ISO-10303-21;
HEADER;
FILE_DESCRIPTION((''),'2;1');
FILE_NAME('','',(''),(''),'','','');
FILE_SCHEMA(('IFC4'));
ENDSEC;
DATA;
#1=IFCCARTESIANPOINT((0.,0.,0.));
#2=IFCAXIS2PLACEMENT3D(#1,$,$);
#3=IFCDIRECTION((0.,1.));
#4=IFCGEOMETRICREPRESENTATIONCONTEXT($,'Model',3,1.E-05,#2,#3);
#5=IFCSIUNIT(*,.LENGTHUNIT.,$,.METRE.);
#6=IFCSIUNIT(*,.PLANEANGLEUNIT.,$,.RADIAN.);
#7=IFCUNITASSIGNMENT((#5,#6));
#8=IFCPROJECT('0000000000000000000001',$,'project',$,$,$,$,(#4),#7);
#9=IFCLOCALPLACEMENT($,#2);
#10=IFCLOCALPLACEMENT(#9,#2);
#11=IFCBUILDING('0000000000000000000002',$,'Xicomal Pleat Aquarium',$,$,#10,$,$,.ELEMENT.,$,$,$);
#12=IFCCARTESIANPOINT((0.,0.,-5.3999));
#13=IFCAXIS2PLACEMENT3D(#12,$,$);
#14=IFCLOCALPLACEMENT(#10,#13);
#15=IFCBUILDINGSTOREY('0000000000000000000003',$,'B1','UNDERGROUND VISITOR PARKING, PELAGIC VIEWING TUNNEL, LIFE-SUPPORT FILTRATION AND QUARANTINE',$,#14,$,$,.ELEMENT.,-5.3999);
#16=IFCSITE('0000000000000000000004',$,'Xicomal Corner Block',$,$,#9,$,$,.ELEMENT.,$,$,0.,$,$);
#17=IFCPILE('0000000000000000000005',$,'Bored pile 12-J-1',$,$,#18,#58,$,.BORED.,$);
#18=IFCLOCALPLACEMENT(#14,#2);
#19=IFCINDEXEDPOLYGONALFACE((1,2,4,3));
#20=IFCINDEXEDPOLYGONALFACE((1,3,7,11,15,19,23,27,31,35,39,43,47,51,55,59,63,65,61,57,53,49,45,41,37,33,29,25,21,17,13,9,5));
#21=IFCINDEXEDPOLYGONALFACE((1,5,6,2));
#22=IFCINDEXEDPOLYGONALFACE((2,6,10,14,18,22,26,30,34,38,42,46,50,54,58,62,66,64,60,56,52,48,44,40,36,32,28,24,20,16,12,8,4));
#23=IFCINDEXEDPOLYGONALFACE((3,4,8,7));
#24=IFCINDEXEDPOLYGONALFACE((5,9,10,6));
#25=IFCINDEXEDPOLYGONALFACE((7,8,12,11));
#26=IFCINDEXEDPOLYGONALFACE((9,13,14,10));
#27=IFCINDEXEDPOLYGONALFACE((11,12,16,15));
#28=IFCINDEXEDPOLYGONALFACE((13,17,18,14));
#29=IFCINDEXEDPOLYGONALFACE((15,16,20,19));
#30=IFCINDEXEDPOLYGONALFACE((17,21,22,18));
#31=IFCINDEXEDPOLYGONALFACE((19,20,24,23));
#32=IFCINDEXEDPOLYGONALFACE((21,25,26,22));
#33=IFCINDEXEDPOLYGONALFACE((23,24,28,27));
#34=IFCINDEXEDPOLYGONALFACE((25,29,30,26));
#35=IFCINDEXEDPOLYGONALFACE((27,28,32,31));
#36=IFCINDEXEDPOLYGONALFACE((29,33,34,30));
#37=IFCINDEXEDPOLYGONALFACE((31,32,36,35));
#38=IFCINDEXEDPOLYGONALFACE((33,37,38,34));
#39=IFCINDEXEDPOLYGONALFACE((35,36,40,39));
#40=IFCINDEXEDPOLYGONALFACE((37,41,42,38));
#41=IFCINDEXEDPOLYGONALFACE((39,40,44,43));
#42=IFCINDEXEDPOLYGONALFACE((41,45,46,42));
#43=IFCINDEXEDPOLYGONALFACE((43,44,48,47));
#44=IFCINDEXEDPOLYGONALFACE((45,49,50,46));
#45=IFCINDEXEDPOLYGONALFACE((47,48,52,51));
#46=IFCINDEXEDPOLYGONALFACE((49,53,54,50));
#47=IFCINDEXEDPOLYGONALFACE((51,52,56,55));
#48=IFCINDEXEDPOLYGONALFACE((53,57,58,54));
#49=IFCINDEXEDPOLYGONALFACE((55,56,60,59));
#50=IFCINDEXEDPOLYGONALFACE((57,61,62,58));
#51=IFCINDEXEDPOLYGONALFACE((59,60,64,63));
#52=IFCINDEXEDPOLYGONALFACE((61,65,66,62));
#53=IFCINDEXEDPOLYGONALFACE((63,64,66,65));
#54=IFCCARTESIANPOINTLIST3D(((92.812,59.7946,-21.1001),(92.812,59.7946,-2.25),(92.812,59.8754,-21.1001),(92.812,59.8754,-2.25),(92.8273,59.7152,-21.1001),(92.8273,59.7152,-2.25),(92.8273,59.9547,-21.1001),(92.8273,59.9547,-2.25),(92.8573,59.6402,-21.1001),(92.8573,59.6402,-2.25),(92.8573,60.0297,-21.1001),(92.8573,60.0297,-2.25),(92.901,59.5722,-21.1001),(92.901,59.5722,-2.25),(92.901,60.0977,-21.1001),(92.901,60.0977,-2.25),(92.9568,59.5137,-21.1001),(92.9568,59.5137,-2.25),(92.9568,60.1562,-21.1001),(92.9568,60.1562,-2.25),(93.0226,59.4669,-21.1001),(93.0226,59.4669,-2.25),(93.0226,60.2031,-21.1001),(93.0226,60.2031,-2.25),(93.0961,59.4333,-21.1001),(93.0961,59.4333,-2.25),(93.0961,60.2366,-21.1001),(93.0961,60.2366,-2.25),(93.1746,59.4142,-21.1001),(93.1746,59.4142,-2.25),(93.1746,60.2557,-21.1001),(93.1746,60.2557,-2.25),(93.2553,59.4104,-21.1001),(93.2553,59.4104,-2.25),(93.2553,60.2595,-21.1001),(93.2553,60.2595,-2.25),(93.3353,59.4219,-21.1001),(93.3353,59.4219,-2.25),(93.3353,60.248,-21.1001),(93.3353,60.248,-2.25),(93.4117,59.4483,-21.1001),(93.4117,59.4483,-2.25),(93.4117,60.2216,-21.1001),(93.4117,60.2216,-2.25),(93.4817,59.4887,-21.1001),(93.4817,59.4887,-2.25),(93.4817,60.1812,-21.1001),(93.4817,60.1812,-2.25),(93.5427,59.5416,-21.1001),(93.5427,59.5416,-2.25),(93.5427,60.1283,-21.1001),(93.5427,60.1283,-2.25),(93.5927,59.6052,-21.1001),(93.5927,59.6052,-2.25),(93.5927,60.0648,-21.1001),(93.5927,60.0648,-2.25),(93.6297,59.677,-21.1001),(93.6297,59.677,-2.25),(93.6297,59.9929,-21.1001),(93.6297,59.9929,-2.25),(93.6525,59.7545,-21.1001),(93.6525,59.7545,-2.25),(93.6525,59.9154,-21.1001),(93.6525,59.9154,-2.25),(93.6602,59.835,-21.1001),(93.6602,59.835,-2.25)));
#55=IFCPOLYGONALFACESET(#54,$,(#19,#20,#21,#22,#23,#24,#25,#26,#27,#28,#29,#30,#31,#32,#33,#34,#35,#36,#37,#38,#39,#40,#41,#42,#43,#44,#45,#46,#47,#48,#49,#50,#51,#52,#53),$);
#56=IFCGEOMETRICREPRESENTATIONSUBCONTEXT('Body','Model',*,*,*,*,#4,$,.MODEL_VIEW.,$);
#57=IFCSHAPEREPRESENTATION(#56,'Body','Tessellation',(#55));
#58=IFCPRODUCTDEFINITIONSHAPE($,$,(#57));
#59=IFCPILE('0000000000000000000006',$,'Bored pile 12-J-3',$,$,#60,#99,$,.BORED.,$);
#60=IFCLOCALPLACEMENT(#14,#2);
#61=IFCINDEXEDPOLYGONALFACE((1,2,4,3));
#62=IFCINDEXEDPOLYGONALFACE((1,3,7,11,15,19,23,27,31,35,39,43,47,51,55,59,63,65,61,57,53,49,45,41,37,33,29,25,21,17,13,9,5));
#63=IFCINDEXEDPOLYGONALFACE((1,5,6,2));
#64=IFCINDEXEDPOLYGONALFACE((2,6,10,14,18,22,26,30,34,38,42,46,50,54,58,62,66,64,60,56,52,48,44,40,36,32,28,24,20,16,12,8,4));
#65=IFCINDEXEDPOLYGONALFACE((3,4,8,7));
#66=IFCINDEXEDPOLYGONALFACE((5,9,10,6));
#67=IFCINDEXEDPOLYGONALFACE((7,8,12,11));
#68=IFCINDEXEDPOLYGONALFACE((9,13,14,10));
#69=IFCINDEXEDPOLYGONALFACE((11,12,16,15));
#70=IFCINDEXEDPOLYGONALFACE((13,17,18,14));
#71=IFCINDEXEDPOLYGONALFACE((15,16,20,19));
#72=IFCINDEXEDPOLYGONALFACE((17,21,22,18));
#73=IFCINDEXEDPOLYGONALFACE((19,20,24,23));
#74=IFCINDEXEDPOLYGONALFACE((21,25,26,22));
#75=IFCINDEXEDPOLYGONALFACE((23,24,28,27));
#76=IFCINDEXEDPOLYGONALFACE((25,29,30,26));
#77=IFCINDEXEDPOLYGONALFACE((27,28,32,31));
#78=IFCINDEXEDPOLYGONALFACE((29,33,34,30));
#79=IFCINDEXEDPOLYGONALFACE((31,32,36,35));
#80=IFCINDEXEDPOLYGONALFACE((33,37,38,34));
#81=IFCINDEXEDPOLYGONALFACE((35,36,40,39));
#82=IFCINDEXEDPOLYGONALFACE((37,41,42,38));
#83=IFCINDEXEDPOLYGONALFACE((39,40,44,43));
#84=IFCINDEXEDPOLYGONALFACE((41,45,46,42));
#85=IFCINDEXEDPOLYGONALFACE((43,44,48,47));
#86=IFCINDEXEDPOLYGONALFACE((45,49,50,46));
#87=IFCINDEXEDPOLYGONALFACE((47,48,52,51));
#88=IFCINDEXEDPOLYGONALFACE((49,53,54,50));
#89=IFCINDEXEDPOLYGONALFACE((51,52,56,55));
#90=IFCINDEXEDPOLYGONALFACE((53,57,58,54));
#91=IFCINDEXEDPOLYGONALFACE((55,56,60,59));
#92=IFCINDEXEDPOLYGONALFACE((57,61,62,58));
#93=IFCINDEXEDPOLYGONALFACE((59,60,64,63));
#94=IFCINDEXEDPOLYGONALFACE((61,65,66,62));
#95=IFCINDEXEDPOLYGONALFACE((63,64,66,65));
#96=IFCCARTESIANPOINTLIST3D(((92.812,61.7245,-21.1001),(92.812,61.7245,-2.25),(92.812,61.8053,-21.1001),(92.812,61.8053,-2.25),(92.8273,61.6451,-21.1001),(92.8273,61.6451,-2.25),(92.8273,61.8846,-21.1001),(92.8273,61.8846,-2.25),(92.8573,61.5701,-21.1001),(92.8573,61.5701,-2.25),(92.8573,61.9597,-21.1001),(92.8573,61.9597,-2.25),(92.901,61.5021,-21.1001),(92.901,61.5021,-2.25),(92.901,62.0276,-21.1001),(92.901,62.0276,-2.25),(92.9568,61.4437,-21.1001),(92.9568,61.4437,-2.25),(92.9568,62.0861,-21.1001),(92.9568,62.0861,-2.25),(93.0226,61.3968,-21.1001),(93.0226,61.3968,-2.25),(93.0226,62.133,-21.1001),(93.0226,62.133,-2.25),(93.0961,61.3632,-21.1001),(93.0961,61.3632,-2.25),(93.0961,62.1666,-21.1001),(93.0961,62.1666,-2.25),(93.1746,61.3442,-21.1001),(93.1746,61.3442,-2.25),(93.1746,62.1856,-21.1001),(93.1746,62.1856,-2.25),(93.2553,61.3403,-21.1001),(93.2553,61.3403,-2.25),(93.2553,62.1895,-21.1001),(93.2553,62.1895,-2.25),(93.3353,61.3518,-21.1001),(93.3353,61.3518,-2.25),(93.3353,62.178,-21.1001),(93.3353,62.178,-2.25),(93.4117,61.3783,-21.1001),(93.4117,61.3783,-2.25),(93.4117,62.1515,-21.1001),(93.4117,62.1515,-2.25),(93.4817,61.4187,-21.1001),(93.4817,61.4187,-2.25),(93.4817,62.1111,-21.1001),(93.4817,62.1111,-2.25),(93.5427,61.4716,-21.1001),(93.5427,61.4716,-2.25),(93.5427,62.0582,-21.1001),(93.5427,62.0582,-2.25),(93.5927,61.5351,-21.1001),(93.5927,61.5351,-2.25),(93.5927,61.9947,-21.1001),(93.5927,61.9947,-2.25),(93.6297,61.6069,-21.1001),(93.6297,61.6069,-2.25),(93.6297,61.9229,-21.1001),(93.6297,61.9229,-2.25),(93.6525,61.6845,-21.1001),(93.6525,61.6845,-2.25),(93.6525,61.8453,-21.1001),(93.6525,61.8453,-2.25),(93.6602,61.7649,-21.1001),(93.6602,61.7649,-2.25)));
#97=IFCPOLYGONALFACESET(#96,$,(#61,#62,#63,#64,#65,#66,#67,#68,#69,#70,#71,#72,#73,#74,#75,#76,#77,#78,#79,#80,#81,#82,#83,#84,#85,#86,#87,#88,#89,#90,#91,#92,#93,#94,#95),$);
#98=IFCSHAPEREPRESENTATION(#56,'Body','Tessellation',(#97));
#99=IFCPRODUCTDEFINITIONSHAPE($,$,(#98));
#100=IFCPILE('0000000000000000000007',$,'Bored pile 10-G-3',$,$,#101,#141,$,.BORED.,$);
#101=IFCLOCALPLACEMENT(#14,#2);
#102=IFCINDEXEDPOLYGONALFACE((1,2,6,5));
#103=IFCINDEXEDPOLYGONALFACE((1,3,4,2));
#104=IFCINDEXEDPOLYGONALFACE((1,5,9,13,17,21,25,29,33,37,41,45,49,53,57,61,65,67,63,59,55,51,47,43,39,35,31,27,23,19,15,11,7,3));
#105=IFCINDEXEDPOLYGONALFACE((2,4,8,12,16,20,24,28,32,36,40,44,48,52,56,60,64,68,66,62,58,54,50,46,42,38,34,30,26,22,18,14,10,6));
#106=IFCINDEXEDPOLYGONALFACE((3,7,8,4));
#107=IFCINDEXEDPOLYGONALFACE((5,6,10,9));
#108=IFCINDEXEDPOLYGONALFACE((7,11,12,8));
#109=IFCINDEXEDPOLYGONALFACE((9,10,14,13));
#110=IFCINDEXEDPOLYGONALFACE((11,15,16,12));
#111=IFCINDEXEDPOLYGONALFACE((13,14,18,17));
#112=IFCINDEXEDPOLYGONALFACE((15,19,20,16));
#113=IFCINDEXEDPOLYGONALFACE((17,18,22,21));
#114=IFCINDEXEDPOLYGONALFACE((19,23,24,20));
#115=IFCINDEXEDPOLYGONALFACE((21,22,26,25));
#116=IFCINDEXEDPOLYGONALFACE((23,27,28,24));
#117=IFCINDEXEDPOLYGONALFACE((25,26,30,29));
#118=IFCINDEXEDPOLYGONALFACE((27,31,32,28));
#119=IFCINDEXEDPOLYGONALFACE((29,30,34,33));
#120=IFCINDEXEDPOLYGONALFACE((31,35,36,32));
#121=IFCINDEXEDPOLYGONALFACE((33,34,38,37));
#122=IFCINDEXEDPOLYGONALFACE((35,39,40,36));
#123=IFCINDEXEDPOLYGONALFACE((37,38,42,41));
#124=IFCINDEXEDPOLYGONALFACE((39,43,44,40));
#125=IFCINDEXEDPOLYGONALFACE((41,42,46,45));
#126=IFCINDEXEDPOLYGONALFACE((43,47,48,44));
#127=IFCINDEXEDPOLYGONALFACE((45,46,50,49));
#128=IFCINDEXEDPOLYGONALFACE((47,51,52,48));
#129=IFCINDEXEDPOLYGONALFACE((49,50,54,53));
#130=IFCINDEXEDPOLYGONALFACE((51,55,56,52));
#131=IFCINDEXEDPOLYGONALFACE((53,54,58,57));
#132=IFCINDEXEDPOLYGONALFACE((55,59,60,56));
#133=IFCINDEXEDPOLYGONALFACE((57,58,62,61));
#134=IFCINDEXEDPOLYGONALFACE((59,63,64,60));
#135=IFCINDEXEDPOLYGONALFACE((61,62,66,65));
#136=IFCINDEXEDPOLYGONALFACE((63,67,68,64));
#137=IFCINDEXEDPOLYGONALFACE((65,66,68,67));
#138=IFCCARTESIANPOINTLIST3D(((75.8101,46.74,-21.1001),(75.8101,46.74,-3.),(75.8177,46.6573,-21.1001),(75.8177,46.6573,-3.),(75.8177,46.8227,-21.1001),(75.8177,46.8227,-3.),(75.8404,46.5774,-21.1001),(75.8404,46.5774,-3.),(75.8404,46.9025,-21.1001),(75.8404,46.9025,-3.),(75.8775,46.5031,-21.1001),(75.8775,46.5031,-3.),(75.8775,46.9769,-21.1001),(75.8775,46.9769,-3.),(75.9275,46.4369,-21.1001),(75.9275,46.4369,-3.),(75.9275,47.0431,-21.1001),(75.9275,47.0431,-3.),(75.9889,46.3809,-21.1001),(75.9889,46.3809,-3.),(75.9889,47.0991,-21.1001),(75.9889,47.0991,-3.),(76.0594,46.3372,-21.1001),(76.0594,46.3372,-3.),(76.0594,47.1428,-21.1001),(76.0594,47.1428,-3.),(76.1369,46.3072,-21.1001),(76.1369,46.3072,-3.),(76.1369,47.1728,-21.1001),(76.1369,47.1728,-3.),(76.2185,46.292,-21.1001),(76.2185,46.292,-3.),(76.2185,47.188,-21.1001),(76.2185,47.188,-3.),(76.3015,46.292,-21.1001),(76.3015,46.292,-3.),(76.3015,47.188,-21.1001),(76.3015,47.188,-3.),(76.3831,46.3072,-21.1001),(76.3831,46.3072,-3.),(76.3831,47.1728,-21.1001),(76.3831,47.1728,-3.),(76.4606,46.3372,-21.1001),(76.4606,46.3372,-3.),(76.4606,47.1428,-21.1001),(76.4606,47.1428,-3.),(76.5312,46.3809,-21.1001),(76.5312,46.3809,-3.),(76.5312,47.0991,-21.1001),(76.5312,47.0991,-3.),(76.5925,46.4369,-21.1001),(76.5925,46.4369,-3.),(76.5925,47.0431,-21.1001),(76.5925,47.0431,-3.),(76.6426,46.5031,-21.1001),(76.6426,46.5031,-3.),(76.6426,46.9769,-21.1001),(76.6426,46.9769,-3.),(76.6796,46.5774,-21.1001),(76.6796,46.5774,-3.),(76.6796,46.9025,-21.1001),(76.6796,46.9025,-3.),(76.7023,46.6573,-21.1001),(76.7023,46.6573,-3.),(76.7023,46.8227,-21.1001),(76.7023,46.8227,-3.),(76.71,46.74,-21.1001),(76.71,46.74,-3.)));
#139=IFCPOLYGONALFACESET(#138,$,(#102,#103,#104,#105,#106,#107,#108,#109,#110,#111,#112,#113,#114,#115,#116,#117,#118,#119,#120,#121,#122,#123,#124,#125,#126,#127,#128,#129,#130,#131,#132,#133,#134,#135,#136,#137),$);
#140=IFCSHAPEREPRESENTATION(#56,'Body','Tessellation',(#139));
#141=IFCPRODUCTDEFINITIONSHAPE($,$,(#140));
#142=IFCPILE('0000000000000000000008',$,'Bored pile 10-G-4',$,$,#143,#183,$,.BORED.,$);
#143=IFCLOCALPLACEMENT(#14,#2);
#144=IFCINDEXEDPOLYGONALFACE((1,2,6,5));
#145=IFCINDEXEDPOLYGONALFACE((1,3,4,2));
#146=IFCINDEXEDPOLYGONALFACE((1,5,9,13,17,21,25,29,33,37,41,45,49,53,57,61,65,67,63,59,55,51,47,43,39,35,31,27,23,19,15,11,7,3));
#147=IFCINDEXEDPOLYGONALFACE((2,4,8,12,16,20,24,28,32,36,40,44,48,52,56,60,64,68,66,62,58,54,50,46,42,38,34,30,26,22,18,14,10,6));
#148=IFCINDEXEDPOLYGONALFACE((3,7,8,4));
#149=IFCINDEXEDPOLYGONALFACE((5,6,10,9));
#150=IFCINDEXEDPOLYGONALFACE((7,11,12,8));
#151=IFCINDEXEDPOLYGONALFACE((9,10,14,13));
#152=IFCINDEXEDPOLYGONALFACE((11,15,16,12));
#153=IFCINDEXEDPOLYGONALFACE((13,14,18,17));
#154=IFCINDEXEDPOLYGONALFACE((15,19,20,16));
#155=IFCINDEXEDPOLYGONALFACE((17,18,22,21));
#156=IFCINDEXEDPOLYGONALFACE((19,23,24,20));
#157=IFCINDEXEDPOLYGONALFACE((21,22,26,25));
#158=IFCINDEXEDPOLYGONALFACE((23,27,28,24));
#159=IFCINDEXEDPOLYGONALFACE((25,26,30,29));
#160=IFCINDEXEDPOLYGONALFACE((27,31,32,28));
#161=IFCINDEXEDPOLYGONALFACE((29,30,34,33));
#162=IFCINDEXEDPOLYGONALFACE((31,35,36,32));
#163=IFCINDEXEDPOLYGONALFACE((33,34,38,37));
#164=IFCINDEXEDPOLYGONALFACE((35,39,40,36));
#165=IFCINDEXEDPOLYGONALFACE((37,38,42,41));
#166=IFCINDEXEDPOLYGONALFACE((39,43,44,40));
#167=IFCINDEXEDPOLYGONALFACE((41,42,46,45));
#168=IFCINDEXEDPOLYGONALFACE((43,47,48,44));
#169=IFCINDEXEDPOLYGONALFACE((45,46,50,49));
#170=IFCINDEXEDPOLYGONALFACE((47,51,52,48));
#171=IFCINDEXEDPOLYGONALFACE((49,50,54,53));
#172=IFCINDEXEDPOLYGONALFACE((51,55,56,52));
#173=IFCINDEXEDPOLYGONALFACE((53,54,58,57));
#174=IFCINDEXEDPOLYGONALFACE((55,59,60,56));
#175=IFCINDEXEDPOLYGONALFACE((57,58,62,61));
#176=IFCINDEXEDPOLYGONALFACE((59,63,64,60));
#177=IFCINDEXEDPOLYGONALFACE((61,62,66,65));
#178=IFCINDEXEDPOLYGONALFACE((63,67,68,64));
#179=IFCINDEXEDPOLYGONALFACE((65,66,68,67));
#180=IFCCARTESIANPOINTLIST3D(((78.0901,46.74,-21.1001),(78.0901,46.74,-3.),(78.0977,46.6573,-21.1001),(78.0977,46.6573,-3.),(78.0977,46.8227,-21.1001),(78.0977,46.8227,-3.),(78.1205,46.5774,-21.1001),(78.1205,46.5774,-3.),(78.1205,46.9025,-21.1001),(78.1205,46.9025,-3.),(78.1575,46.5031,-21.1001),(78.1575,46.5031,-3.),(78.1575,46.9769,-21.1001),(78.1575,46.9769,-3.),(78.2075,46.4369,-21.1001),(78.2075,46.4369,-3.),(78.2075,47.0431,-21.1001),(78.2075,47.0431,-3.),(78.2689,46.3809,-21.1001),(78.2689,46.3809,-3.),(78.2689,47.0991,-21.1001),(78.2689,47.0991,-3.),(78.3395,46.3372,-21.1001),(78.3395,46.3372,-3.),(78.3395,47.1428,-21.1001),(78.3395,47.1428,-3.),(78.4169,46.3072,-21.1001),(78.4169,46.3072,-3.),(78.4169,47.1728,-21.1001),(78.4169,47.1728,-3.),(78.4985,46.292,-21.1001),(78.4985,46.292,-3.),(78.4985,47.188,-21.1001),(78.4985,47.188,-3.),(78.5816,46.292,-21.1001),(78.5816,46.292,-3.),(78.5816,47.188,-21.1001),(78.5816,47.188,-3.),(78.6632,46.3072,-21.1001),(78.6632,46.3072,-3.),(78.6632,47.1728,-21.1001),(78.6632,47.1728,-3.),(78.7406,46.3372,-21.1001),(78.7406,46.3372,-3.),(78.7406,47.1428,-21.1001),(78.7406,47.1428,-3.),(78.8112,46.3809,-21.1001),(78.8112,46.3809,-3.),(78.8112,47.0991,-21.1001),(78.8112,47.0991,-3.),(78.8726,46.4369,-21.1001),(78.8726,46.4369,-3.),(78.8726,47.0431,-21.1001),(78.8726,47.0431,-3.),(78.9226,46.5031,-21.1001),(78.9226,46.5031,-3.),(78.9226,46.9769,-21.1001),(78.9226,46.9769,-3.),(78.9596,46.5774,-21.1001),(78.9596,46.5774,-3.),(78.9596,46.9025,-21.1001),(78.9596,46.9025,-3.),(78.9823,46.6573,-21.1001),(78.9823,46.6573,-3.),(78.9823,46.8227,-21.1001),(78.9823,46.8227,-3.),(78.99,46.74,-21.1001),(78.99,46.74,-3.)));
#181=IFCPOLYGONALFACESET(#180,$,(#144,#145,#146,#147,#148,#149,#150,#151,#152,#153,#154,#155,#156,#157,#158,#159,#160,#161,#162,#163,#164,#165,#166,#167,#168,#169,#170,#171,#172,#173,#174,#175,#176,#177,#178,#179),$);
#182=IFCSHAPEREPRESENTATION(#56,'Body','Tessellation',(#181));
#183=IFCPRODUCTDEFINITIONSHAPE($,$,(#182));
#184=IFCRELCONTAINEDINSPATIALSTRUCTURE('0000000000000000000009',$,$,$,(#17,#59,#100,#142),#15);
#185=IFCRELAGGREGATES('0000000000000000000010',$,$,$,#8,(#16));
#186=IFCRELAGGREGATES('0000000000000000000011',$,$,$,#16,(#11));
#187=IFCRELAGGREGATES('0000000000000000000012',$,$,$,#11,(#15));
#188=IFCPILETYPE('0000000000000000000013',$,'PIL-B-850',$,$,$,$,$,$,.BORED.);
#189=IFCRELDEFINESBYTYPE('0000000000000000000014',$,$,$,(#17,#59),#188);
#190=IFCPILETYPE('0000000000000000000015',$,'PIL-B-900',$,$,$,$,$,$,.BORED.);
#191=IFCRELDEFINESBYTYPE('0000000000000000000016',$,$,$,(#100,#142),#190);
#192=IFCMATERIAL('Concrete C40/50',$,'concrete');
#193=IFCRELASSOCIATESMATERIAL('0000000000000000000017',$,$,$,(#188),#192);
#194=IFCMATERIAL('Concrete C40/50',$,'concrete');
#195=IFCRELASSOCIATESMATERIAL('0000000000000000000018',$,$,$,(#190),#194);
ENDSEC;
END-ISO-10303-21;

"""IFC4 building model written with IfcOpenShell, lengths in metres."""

from ifc_helpers import new_model, si_unit, direction, frame, origin, origin_2d, place, context, subcontext, project, spatial, circle, extrude, material, material_profile, profile_set, type_object, element, save


model = new_model("IFC4")

# Units and contexts
model_context = context("Model", 3, precision=1e-05, world=origin(), true_north=direction((0.0, 1.0)))
body_context = subcontext(model_context, "Body", "Model", "MODEL_VIEW")
ifc_project = project(units=[si_unit("LENGTHUNIT", "METRE"), si_unit("PLANEANGLEUNIT", "RADIAN")], contexts=[model_context])

# Site, building, storey
site_placement = place(None, origin())
site = spatial("IfcSite", under=ifc_project, at=site_placement, Name="Xicomal Corner Block", CompositionType="ELEMENT", RefElevation=0.0)
building_placement = place(site_placement, origin())
building = spatial("IfcBuilding", under=site, at=building_placement, Name="Xicomal Pleat Aquarium", CompositionType="ELEMENT")
storey_placement = place(building_placement, frame((0.0, 0.0, -5.3999)))
storey = spatial("IfcBuildingStorey", under=building, at=storey_placement, Name="B1", Description="UNDERGROUND VISITOR PARKING, PELAGIC VIEWING TUNNEL, LIFE-SUPPORT FILTRATION AND QUARANTINE", CompositionType="ELEMENT", Elevation=-5.3999)

# Piles
ifc_material_1 = material(Name="Concrete C40/50", Category="concrete")
ifc_material_profile_1 = material_profile(ifc_material_1, circle(Radius=0.425, at=origin_2d()), Name="BORED PILE D850")
ifc_profile_set_1 = profile_set([ifc_material_profile_1], Name="Concrete C40/50")
pile_type_1 = type_object("IfcPileType", Name="PIL-B-850", PredefinedType="BORED", material=ifc_profile_set_1)
for number, where, z_axis, x_axis, name in (
    (1, (93.2351, 59.835, -2.25), (0.0, 0.0, -1.0), (1.0, 0.0, 0.0), "Bored pile 12-J-1"),
    (2, (93.2351, 61.7649, -2.25), (0.0, 0.0, -1.0), (1.0, 0.0, 0.0), "Bored pile 12-J-3"),
):
    element("IfcPile", number, at=place(storey_placement, frame(where, z_axis=z_axis, x_axis=x_axis)), inside=storey, type_object=pile_type_1, Name=name, PredefinedType="BORED", context=body_context, shape_type="SweptSolid", body=[
        extrude(circle(Radius=0.425, at=origin_2d()), origin(), (0.0, 0.0, 1.0), 18.8501),
    ])
ifc_material_2 = material(Name="Concrete C40/50", Category="concrete")
ifc_material_profile_2 = material_profile(ifc_material_2, circle(Radius=0.45, at=origin_2d()), Name="BORED PILE D900")
ifc_profile_set_2 = profile_set([ifc_material_profile_2], Name="Concrete C40/50")
pile_type_2 = type_object("IfcPileType", Name="PIL-B-900", PredefinedType="BORED", material=ifc_profile_set_2)
for number, where, z_axis, x_axis, name in (
    (3, (76.26, 46.74, -3.0), (0.0, 0.0, -1.0), (1.0, 0.0, 0.0), "Bored pile 10-G-3"),
    (4, (78.54, 46.74, -3.0), (0.0, 0.0, -1.0), (1.0, 0.0, 0.0), "Bored pile 10-G-4"),
):
    element("IfcPile", number, at=place(storey_placement, frame(where, z_axis=z_axis, x_axis=x_axis)), inside=storey, type_object=pile_type_2, Name=name, PredefinedType="BORED", context=body_context, shape_type="SweptSolid", body=[
        extrude(circle(Radius=0.45, at=origin_2d()), origin(), (0.0, 0.0, 1.0), 18.1001),
    ])

save(model, "model.ifc")
